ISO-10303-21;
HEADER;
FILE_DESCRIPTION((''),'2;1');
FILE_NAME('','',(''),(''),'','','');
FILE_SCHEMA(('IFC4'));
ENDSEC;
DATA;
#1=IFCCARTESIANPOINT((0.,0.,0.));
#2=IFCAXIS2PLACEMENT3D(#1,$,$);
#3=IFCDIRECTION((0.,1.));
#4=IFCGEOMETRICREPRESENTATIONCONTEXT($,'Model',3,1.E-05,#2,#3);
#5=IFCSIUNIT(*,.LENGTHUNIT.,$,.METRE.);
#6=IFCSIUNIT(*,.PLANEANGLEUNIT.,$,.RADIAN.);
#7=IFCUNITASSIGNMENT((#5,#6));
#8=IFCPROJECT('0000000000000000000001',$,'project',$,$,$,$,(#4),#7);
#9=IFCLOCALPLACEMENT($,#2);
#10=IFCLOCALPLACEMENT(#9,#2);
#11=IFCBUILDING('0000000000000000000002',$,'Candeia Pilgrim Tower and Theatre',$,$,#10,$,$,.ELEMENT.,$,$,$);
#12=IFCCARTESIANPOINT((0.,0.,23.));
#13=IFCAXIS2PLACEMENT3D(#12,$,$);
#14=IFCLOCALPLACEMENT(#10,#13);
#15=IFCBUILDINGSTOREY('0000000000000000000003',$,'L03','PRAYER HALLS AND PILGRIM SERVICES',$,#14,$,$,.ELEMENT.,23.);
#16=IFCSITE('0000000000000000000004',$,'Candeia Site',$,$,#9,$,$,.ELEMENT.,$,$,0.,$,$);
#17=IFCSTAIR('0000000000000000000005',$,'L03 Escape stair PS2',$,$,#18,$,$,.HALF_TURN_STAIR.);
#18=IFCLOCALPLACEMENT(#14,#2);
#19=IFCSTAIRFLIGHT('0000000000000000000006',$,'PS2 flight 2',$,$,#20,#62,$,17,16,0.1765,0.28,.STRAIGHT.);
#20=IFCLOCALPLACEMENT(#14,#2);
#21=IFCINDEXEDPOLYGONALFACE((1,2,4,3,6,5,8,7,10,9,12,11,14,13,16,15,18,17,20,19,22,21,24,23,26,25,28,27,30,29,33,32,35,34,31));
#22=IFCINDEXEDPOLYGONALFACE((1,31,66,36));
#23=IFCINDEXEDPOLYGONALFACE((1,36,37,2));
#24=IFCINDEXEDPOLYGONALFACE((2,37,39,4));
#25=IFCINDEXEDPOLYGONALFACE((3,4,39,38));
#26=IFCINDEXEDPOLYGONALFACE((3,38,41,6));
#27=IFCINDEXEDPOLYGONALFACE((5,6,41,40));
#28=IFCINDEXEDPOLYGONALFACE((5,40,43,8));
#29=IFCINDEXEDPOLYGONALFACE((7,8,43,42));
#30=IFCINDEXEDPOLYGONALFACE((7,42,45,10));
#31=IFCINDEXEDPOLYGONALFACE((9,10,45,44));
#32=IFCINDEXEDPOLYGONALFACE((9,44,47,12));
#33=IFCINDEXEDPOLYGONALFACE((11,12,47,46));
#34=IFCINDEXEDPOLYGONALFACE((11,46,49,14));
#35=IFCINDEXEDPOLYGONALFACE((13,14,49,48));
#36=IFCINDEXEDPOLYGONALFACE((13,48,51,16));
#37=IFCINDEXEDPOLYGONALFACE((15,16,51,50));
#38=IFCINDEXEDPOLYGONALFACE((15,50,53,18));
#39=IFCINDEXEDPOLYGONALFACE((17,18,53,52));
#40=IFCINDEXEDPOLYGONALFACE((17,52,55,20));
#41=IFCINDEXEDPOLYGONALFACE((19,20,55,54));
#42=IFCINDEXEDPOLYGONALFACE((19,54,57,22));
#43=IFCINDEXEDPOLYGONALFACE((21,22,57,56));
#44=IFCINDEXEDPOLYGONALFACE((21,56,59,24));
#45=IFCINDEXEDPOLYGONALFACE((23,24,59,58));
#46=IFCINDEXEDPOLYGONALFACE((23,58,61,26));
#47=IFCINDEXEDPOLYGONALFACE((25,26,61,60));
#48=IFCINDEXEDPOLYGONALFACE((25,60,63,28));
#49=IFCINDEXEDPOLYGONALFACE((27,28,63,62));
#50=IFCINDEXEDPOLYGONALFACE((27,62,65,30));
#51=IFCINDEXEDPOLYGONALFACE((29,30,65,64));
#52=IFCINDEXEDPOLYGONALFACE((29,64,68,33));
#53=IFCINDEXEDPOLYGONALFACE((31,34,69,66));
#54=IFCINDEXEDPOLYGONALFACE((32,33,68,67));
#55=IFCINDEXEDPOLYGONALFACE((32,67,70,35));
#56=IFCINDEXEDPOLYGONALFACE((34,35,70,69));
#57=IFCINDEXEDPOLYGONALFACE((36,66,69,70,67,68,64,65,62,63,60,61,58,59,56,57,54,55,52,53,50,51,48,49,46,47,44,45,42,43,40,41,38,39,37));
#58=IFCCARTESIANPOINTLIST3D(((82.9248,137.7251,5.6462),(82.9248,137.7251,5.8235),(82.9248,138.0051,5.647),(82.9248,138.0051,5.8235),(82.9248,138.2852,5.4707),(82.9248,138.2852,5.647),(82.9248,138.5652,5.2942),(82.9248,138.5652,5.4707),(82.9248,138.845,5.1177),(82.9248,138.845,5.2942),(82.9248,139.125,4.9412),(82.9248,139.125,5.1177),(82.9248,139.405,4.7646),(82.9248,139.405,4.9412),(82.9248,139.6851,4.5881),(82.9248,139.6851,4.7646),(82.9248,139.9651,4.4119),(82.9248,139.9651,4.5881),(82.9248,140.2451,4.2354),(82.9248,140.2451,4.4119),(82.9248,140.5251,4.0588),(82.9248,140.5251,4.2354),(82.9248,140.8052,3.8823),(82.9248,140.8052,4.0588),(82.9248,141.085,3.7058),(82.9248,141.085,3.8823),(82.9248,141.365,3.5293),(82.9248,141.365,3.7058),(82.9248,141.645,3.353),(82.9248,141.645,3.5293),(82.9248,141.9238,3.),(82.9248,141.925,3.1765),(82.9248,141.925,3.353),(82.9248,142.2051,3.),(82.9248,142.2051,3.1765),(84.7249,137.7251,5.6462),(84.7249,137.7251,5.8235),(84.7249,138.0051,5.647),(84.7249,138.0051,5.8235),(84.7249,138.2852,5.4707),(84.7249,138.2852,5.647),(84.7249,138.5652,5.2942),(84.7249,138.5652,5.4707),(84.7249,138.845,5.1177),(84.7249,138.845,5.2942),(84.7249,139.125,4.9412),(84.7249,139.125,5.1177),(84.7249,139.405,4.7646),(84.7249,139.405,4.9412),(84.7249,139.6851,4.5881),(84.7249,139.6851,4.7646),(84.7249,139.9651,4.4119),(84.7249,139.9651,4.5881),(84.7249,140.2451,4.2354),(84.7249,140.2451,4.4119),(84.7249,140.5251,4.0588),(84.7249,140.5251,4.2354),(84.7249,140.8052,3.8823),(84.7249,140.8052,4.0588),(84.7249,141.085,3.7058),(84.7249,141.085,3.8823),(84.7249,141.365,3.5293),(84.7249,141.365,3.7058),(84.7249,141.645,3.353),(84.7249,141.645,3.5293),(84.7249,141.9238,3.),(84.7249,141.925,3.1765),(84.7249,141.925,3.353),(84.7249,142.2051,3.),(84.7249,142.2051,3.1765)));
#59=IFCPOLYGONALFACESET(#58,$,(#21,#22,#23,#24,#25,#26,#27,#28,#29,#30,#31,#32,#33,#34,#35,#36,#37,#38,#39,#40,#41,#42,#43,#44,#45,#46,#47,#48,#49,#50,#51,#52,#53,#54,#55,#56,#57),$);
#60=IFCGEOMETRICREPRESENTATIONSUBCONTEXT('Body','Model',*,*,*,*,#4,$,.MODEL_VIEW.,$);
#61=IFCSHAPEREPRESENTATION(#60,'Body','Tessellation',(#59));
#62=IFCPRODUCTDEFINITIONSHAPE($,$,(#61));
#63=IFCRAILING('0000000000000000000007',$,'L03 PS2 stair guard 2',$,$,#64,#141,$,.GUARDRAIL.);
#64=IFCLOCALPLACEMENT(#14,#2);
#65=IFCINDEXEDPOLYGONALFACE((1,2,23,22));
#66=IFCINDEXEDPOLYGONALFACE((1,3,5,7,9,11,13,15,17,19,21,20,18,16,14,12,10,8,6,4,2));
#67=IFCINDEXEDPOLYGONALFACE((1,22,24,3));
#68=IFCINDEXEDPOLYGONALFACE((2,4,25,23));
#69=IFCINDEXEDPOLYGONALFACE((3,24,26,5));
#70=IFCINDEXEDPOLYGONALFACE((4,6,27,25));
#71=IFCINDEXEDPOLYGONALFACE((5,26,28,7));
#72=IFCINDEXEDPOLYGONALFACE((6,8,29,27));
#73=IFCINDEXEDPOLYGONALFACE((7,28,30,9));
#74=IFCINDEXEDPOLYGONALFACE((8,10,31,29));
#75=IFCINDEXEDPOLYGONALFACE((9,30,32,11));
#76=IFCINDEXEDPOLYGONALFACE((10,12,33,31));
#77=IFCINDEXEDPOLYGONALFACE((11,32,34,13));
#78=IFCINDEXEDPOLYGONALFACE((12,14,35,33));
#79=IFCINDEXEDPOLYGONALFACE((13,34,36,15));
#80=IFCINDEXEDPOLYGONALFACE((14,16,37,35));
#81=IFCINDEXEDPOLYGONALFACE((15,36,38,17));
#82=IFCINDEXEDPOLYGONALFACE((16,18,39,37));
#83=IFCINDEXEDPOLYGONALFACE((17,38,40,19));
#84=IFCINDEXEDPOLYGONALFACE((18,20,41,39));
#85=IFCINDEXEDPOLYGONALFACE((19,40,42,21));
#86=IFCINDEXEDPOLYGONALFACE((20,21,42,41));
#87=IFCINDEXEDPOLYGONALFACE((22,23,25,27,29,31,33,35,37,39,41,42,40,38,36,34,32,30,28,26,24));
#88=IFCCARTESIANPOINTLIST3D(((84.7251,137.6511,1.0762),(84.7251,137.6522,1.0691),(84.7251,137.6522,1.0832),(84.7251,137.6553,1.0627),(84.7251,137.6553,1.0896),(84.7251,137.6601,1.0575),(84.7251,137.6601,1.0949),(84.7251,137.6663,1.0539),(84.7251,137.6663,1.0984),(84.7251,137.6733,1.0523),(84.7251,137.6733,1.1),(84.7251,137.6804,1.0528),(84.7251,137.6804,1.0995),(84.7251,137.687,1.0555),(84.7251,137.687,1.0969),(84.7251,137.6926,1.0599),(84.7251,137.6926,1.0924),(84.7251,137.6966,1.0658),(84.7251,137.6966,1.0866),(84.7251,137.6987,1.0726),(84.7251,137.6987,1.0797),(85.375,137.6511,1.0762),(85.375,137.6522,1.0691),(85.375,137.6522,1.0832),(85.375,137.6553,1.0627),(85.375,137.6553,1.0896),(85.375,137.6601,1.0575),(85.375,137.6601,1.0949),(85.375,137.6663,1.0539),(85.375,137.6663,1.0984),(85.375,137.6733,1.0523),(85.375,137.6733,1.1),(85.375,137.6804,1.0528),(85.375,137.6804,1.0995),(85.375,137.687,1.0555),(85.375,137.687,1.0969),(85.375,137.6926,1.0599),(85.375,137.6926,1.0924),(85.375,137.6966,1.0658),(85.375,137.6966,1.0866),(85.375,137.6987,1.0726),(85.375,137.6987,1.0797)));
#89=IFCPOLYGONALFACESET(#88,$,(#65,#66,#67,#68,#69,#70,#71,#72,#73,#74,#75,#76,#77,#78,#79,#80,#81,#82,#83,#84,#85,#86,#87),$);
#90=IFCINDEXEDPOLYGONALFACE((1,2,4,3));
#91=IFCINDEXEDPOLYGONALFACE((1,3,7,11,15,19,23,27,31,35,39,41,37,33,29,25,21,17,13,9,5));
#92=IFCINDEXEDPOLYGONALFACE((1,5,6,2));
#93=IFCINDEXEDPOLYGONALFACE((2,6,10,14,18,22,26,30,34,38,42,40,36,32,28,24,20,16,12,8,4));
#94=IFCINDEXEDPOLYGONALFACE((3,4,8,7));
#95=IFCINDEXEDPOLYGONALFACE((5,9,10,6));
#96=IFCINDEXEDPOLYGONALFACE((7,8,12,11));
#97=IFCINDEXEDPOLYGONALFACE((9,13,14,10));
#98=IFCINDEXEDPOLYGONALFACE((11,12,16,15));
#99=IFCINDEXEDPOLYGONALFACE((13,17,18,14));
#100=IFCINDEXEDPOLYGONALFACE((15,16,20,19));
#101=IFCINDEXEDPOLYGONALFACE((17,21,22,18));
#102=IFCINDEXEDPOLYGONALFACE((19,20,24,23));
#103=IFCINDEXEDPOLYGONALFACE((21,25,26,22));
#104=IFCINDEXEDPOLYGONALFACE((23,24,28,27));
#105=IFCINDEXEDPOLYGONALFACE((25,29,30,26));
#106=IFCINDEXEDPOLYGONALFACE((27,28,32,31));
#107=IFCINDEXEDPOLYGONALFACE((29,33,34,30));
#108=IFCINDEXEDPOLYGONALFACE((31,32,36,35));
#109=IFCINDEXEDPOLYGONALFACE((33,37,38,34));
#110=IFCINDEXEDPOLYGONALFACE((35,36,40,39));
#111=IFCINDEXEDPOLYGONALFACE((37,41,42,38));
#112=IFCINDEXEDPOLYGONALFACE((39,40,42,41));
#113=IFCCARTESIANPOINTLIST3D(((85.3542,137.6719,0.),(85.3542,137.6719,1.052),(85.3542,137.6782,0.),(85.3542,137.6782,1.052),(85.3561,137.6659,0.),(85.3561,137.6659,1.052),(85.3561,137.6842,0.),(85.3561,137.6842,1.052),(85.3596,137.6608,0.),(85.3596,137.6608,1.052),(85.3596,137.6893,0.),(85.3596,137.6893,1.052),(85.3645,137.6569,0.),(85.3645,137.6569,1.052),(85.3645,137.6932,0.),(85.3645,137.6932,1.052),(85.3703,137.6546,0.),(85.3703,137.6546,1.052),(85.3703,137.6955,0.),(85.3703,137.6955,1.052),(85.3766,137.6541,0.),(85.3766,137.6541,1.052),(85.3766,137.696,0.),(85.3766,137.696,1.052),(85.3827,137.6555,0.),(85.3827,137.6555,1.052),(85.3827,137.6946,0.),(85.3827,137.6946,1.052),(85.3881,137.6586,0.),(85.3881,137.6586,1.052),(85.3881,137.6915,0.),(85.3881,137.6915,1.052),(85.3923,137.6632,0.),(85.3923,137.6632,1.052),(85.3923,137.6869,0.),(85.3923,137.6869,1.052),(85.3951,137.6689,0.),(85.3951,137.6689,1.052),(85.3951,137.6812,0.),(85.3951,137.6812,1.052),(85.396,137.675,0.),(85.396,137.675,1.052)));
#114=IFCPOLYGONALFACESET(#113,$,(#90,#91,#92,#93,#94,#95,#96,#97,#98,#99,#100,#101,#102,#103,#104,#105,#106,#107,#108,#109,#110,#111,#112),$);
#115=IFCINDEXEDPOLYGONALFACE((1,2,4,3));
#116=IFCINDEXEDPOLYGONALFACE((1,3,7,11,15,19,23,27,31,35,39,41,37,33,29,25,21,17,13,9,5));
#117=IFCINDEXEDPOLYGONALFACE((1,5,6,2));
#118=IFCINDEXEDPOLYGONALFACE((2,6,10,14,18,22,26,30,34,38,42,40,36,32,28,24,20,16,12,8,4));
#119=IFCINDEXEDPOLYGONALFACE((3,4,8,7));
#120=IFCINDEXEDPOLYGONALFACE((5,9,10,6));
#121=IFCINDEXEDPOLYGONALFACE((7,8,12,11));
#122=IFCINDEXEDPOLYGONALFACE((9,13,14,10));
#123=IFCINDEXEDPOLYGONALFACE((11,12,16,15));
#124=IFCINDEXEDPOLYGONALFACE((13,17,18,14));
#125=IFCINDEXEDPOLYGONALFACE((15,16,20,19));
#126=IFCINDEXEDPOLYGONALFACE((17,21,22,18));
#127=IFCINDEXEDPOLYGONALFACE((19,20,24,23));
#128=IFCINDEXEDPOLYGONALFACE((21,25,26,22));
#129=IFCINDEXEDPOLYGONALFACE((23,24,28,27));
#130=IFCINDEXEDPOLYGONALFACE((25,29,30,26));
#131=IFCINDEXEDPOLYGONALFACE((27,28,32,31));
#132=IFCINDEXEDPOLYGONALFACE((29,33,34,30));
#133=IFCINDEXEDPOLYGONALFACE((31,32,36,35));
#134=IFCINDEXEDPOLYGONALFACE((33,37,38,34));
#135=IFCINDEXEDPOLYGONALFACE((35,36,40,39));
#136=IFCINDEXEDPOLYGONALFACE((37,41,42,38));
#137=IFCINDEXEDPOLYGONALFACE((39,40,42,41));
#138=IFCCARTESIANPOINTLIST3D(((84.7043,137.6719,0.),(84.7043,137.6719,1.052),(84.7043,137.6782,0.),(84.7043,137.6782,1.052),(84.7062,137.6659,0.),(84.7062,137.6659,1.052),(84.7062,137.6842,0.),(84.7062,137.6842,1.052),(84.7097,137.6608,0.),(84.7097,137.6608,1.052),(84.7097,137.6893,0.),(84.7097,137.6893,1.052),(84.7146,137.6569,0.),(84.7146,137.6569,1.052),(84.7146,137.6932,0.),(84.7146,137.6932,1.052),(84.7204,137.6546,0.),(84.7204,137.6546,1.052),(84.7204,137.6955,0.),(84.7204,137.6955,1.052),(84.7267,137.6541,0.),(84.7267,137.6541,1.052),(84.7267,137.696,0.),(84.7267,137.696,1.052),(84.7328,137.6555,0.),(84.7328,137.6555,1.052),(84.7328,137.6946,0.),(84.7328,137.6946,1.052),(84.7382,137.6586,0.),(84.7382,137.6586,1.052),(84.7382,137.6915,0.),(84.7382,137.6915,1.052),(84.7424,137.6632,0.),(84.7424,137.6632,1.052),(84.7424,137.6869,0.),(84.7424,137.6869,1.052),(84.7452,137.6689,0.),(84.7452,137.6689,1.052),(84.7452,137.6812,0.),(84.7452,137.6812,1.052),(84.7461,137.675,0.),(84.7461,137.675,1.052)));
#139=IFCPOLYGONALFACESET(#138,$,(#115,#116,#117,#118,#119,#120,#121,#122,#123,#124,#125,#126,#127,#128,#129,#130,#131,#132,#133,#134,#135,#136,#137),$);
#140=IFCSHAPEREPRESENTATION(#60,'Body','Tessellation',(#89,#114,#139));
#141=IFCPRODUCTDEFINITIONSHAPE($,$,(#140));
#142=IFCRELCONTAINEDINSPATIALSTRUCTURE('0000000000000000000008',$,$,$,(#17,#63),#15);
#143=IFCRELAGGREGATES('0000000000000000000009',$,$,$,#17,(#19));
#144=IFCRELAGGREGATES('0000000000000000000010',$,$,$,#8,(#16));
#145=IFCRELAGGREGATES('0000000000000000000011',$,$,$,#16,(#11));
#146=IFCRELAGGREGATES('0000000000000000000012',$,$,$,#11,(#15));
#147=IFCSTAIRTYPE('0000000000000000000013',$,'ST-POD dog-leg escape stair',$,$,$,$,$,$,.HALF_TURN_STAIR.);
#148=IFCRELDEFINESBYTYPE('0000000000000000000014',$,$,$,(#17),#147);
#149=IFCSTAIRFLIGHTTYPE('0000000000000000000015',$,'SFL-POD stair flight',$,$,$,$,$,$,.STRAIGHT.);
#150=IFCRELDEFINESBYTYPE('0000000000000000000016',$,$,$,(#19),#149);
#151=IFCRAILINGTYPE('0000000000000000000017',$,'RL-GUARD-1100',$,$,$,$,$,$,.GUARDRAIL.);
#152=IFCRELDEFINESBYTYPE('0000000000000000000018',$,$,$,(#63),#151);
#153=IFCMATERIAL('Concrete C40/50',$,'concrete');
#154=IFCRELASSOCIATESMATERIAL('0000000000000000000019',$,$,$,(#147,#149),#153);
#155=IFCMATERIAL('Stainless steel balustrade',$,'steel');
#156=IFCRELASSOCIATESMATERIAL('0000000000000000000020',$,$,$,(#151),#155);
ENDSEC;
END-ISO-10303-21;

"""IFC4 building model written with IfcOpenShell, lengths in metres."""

from ifc_helpers import new_model, si_unit, direction, frame, origin, origin_2d, place, context, subcontext, project, spatial, polyline, circle, outline, extrude, material, type_object, element, aggregate, save


model = new_model("IFC4")

# Units and contexts
model_context = context("Model", 3, precision=1e-05, world=origin(), true_north=direction((0.0, 1.0)))
body_context = subcontext(model_context, "Body", "Model", "MODEL_VIEW")
ifc_project = project(units=[si_unit("LENGTHUNIT", "METRE"), si_unit("PLANEANGLEUNIT", "RADIAN")], contexts=[model_context])

# Site, building, storey
site_placement = place(None, origin())
site = spatial("IfcSite", under=ifc_project, at=site_placement, Name="Candeia Site", CompositionType="ELEMENT", RefElevation=0.0)
building_placement = place(site_placement, origin())
building = spatial("IfcBuilding", under=site, at=building_placement, Name="Candeia Pilgrim Tower and Theatre", CompositionType="ELEMENT")
storey_placement = place(building_placement, frame((0.0, 0.0, 23.0)))
storey = spatial("IfcBuildingStorey", under=building, at=storey_placement, Name="L03", Description="PRAYER HALLS AND PILGRIM SERVICES", CompositionType="ELEMENT", Elevation=23.0)

# Shared definitions
ifc_material_1 = material(Name="Concrete C40/50", Category="concrete")

# Shared definitions
stair_type_1 = type_object("IfcStairType", Name="ST-POD dog-leg escape stair", PredefinedType="HALF_TURN_STAIR", material=ifc_material_1)
stair_flight_type_1 = type_object("IfcStairFlightType", Name="SFL-POD stair flight", PredefinedType="STRAIGHT", material=ifc_material_1)

# Stair, stair flight
stair_1_placement = place(storey_placement, origin())
stair_1 = element("IfcStair", 1, at=stair_1_placement, inside=storey, type_object=stair_type_1, Name="L03 Escape stair PS2", PredefinedType="HALF_TURN_STAIR")
stair_flight_1_placement = place(storey_placement, frame((83.825, 142.2051, 3.0), z_axis=(0.0, 0.0, 1.0), x_axis=(0.0, -1.0, 0.0)))
stair_flight_1 = element("IfcStairFlight", 2, at=stair_flight_1_placement, type_object=stair_flight_type_1, Name="PS2 flight 2", NumberOfRisers=17, NumberOfTreads=16, PredefinedType="STRAIGHT", RiserHeight=0.1765, TreadLength=0.28, context=body_context, shape_type="SweptSolid", body=[
    extrude(outline(polyline([(0.0, 0.0), (0.0, 0.1765), (0.28, 0.1765), (0.28, 0.353), (0.5601, 0.353), (0.5601, 0.5293), (0.8401, 0.5293), (0.8401, 0.7058), (1.1201, 0.7058), (1.1201, 0.8823), (1.3999, 0.8823), (1.3999, 1.0588), (1.6799, 1.0588), (1.6799, 1.2354), (1.96, 1.2354), (1.96, 1.4119), (2.24, 1.4119), (2.24, 1.5881), (2.52, 1.5881), (2.52, 1.7646), (2.8, 1.7646), (2.8, 1.9412), (3.0801, 1.9412), (3.0801, 2.1177), (3.3601, 2.1177), (3.3601, 2.2942), (3.6399, 2.2942), (3.6399, 2.4707), (3.9199, 2.4707), (3.9199, 2.647), (4.2, 2.647), (4.2, 2.8235), (4.48, 2.8235), (4.48, 3.0), (4.48, 2.6462), (0.2812, 0.0), (0.0, 0.0)])), frame((0.0, 0.8999, 0.0), z_axis=(0.0, -1.0, 0.0), x_axis=(1.0, 0.0, 0.0)), (0.0, 0.0, 1.0), 1.8),
])
aggregate(stair_1, [stair_flight_1])

# Railing
ifc_material_2 = material(Name="Stainless steel balustrade", Category="steel")
railing_type_1 = type_object("IfcRailingType", Name="RL-GUARD-1100", PredefinedType="GUARDRAIL", material=ifc_material_2)
railing_1_placement = place(storey_placement, frame((85.375, 137.675, 0.0)))
element("IfcRailing", 3, at=railing_1_placement, inside=storey, type_object=railing_type_1, Name="L03 PS2 stair guard 2", PredefinedType="GUARDRAIL", context=body_context, shape_type="SweptSolid", body=[
    extrude(circle(Radius=0.0239, at=origin_2d()), frame((0.0, 0.0, 1.0762), z_axis=(-1.0, 0.0, 0.0), x_axis=(0.0, -1.0, 0.0)), (0.0, 0.0, 1.0), 0.6499),
    extrude(circle(Radius=0.021, at=origin_2d()), origin(), (0.0, 0.0, 1.0), 1.052),
    extrude(circle(Radius=0.021, at=origin_2d()), frame((-0.6499, 0.0, 0.0)), (0.0, 0.0, 1.0), 1.052),
])

save(model, "model.ifc")
